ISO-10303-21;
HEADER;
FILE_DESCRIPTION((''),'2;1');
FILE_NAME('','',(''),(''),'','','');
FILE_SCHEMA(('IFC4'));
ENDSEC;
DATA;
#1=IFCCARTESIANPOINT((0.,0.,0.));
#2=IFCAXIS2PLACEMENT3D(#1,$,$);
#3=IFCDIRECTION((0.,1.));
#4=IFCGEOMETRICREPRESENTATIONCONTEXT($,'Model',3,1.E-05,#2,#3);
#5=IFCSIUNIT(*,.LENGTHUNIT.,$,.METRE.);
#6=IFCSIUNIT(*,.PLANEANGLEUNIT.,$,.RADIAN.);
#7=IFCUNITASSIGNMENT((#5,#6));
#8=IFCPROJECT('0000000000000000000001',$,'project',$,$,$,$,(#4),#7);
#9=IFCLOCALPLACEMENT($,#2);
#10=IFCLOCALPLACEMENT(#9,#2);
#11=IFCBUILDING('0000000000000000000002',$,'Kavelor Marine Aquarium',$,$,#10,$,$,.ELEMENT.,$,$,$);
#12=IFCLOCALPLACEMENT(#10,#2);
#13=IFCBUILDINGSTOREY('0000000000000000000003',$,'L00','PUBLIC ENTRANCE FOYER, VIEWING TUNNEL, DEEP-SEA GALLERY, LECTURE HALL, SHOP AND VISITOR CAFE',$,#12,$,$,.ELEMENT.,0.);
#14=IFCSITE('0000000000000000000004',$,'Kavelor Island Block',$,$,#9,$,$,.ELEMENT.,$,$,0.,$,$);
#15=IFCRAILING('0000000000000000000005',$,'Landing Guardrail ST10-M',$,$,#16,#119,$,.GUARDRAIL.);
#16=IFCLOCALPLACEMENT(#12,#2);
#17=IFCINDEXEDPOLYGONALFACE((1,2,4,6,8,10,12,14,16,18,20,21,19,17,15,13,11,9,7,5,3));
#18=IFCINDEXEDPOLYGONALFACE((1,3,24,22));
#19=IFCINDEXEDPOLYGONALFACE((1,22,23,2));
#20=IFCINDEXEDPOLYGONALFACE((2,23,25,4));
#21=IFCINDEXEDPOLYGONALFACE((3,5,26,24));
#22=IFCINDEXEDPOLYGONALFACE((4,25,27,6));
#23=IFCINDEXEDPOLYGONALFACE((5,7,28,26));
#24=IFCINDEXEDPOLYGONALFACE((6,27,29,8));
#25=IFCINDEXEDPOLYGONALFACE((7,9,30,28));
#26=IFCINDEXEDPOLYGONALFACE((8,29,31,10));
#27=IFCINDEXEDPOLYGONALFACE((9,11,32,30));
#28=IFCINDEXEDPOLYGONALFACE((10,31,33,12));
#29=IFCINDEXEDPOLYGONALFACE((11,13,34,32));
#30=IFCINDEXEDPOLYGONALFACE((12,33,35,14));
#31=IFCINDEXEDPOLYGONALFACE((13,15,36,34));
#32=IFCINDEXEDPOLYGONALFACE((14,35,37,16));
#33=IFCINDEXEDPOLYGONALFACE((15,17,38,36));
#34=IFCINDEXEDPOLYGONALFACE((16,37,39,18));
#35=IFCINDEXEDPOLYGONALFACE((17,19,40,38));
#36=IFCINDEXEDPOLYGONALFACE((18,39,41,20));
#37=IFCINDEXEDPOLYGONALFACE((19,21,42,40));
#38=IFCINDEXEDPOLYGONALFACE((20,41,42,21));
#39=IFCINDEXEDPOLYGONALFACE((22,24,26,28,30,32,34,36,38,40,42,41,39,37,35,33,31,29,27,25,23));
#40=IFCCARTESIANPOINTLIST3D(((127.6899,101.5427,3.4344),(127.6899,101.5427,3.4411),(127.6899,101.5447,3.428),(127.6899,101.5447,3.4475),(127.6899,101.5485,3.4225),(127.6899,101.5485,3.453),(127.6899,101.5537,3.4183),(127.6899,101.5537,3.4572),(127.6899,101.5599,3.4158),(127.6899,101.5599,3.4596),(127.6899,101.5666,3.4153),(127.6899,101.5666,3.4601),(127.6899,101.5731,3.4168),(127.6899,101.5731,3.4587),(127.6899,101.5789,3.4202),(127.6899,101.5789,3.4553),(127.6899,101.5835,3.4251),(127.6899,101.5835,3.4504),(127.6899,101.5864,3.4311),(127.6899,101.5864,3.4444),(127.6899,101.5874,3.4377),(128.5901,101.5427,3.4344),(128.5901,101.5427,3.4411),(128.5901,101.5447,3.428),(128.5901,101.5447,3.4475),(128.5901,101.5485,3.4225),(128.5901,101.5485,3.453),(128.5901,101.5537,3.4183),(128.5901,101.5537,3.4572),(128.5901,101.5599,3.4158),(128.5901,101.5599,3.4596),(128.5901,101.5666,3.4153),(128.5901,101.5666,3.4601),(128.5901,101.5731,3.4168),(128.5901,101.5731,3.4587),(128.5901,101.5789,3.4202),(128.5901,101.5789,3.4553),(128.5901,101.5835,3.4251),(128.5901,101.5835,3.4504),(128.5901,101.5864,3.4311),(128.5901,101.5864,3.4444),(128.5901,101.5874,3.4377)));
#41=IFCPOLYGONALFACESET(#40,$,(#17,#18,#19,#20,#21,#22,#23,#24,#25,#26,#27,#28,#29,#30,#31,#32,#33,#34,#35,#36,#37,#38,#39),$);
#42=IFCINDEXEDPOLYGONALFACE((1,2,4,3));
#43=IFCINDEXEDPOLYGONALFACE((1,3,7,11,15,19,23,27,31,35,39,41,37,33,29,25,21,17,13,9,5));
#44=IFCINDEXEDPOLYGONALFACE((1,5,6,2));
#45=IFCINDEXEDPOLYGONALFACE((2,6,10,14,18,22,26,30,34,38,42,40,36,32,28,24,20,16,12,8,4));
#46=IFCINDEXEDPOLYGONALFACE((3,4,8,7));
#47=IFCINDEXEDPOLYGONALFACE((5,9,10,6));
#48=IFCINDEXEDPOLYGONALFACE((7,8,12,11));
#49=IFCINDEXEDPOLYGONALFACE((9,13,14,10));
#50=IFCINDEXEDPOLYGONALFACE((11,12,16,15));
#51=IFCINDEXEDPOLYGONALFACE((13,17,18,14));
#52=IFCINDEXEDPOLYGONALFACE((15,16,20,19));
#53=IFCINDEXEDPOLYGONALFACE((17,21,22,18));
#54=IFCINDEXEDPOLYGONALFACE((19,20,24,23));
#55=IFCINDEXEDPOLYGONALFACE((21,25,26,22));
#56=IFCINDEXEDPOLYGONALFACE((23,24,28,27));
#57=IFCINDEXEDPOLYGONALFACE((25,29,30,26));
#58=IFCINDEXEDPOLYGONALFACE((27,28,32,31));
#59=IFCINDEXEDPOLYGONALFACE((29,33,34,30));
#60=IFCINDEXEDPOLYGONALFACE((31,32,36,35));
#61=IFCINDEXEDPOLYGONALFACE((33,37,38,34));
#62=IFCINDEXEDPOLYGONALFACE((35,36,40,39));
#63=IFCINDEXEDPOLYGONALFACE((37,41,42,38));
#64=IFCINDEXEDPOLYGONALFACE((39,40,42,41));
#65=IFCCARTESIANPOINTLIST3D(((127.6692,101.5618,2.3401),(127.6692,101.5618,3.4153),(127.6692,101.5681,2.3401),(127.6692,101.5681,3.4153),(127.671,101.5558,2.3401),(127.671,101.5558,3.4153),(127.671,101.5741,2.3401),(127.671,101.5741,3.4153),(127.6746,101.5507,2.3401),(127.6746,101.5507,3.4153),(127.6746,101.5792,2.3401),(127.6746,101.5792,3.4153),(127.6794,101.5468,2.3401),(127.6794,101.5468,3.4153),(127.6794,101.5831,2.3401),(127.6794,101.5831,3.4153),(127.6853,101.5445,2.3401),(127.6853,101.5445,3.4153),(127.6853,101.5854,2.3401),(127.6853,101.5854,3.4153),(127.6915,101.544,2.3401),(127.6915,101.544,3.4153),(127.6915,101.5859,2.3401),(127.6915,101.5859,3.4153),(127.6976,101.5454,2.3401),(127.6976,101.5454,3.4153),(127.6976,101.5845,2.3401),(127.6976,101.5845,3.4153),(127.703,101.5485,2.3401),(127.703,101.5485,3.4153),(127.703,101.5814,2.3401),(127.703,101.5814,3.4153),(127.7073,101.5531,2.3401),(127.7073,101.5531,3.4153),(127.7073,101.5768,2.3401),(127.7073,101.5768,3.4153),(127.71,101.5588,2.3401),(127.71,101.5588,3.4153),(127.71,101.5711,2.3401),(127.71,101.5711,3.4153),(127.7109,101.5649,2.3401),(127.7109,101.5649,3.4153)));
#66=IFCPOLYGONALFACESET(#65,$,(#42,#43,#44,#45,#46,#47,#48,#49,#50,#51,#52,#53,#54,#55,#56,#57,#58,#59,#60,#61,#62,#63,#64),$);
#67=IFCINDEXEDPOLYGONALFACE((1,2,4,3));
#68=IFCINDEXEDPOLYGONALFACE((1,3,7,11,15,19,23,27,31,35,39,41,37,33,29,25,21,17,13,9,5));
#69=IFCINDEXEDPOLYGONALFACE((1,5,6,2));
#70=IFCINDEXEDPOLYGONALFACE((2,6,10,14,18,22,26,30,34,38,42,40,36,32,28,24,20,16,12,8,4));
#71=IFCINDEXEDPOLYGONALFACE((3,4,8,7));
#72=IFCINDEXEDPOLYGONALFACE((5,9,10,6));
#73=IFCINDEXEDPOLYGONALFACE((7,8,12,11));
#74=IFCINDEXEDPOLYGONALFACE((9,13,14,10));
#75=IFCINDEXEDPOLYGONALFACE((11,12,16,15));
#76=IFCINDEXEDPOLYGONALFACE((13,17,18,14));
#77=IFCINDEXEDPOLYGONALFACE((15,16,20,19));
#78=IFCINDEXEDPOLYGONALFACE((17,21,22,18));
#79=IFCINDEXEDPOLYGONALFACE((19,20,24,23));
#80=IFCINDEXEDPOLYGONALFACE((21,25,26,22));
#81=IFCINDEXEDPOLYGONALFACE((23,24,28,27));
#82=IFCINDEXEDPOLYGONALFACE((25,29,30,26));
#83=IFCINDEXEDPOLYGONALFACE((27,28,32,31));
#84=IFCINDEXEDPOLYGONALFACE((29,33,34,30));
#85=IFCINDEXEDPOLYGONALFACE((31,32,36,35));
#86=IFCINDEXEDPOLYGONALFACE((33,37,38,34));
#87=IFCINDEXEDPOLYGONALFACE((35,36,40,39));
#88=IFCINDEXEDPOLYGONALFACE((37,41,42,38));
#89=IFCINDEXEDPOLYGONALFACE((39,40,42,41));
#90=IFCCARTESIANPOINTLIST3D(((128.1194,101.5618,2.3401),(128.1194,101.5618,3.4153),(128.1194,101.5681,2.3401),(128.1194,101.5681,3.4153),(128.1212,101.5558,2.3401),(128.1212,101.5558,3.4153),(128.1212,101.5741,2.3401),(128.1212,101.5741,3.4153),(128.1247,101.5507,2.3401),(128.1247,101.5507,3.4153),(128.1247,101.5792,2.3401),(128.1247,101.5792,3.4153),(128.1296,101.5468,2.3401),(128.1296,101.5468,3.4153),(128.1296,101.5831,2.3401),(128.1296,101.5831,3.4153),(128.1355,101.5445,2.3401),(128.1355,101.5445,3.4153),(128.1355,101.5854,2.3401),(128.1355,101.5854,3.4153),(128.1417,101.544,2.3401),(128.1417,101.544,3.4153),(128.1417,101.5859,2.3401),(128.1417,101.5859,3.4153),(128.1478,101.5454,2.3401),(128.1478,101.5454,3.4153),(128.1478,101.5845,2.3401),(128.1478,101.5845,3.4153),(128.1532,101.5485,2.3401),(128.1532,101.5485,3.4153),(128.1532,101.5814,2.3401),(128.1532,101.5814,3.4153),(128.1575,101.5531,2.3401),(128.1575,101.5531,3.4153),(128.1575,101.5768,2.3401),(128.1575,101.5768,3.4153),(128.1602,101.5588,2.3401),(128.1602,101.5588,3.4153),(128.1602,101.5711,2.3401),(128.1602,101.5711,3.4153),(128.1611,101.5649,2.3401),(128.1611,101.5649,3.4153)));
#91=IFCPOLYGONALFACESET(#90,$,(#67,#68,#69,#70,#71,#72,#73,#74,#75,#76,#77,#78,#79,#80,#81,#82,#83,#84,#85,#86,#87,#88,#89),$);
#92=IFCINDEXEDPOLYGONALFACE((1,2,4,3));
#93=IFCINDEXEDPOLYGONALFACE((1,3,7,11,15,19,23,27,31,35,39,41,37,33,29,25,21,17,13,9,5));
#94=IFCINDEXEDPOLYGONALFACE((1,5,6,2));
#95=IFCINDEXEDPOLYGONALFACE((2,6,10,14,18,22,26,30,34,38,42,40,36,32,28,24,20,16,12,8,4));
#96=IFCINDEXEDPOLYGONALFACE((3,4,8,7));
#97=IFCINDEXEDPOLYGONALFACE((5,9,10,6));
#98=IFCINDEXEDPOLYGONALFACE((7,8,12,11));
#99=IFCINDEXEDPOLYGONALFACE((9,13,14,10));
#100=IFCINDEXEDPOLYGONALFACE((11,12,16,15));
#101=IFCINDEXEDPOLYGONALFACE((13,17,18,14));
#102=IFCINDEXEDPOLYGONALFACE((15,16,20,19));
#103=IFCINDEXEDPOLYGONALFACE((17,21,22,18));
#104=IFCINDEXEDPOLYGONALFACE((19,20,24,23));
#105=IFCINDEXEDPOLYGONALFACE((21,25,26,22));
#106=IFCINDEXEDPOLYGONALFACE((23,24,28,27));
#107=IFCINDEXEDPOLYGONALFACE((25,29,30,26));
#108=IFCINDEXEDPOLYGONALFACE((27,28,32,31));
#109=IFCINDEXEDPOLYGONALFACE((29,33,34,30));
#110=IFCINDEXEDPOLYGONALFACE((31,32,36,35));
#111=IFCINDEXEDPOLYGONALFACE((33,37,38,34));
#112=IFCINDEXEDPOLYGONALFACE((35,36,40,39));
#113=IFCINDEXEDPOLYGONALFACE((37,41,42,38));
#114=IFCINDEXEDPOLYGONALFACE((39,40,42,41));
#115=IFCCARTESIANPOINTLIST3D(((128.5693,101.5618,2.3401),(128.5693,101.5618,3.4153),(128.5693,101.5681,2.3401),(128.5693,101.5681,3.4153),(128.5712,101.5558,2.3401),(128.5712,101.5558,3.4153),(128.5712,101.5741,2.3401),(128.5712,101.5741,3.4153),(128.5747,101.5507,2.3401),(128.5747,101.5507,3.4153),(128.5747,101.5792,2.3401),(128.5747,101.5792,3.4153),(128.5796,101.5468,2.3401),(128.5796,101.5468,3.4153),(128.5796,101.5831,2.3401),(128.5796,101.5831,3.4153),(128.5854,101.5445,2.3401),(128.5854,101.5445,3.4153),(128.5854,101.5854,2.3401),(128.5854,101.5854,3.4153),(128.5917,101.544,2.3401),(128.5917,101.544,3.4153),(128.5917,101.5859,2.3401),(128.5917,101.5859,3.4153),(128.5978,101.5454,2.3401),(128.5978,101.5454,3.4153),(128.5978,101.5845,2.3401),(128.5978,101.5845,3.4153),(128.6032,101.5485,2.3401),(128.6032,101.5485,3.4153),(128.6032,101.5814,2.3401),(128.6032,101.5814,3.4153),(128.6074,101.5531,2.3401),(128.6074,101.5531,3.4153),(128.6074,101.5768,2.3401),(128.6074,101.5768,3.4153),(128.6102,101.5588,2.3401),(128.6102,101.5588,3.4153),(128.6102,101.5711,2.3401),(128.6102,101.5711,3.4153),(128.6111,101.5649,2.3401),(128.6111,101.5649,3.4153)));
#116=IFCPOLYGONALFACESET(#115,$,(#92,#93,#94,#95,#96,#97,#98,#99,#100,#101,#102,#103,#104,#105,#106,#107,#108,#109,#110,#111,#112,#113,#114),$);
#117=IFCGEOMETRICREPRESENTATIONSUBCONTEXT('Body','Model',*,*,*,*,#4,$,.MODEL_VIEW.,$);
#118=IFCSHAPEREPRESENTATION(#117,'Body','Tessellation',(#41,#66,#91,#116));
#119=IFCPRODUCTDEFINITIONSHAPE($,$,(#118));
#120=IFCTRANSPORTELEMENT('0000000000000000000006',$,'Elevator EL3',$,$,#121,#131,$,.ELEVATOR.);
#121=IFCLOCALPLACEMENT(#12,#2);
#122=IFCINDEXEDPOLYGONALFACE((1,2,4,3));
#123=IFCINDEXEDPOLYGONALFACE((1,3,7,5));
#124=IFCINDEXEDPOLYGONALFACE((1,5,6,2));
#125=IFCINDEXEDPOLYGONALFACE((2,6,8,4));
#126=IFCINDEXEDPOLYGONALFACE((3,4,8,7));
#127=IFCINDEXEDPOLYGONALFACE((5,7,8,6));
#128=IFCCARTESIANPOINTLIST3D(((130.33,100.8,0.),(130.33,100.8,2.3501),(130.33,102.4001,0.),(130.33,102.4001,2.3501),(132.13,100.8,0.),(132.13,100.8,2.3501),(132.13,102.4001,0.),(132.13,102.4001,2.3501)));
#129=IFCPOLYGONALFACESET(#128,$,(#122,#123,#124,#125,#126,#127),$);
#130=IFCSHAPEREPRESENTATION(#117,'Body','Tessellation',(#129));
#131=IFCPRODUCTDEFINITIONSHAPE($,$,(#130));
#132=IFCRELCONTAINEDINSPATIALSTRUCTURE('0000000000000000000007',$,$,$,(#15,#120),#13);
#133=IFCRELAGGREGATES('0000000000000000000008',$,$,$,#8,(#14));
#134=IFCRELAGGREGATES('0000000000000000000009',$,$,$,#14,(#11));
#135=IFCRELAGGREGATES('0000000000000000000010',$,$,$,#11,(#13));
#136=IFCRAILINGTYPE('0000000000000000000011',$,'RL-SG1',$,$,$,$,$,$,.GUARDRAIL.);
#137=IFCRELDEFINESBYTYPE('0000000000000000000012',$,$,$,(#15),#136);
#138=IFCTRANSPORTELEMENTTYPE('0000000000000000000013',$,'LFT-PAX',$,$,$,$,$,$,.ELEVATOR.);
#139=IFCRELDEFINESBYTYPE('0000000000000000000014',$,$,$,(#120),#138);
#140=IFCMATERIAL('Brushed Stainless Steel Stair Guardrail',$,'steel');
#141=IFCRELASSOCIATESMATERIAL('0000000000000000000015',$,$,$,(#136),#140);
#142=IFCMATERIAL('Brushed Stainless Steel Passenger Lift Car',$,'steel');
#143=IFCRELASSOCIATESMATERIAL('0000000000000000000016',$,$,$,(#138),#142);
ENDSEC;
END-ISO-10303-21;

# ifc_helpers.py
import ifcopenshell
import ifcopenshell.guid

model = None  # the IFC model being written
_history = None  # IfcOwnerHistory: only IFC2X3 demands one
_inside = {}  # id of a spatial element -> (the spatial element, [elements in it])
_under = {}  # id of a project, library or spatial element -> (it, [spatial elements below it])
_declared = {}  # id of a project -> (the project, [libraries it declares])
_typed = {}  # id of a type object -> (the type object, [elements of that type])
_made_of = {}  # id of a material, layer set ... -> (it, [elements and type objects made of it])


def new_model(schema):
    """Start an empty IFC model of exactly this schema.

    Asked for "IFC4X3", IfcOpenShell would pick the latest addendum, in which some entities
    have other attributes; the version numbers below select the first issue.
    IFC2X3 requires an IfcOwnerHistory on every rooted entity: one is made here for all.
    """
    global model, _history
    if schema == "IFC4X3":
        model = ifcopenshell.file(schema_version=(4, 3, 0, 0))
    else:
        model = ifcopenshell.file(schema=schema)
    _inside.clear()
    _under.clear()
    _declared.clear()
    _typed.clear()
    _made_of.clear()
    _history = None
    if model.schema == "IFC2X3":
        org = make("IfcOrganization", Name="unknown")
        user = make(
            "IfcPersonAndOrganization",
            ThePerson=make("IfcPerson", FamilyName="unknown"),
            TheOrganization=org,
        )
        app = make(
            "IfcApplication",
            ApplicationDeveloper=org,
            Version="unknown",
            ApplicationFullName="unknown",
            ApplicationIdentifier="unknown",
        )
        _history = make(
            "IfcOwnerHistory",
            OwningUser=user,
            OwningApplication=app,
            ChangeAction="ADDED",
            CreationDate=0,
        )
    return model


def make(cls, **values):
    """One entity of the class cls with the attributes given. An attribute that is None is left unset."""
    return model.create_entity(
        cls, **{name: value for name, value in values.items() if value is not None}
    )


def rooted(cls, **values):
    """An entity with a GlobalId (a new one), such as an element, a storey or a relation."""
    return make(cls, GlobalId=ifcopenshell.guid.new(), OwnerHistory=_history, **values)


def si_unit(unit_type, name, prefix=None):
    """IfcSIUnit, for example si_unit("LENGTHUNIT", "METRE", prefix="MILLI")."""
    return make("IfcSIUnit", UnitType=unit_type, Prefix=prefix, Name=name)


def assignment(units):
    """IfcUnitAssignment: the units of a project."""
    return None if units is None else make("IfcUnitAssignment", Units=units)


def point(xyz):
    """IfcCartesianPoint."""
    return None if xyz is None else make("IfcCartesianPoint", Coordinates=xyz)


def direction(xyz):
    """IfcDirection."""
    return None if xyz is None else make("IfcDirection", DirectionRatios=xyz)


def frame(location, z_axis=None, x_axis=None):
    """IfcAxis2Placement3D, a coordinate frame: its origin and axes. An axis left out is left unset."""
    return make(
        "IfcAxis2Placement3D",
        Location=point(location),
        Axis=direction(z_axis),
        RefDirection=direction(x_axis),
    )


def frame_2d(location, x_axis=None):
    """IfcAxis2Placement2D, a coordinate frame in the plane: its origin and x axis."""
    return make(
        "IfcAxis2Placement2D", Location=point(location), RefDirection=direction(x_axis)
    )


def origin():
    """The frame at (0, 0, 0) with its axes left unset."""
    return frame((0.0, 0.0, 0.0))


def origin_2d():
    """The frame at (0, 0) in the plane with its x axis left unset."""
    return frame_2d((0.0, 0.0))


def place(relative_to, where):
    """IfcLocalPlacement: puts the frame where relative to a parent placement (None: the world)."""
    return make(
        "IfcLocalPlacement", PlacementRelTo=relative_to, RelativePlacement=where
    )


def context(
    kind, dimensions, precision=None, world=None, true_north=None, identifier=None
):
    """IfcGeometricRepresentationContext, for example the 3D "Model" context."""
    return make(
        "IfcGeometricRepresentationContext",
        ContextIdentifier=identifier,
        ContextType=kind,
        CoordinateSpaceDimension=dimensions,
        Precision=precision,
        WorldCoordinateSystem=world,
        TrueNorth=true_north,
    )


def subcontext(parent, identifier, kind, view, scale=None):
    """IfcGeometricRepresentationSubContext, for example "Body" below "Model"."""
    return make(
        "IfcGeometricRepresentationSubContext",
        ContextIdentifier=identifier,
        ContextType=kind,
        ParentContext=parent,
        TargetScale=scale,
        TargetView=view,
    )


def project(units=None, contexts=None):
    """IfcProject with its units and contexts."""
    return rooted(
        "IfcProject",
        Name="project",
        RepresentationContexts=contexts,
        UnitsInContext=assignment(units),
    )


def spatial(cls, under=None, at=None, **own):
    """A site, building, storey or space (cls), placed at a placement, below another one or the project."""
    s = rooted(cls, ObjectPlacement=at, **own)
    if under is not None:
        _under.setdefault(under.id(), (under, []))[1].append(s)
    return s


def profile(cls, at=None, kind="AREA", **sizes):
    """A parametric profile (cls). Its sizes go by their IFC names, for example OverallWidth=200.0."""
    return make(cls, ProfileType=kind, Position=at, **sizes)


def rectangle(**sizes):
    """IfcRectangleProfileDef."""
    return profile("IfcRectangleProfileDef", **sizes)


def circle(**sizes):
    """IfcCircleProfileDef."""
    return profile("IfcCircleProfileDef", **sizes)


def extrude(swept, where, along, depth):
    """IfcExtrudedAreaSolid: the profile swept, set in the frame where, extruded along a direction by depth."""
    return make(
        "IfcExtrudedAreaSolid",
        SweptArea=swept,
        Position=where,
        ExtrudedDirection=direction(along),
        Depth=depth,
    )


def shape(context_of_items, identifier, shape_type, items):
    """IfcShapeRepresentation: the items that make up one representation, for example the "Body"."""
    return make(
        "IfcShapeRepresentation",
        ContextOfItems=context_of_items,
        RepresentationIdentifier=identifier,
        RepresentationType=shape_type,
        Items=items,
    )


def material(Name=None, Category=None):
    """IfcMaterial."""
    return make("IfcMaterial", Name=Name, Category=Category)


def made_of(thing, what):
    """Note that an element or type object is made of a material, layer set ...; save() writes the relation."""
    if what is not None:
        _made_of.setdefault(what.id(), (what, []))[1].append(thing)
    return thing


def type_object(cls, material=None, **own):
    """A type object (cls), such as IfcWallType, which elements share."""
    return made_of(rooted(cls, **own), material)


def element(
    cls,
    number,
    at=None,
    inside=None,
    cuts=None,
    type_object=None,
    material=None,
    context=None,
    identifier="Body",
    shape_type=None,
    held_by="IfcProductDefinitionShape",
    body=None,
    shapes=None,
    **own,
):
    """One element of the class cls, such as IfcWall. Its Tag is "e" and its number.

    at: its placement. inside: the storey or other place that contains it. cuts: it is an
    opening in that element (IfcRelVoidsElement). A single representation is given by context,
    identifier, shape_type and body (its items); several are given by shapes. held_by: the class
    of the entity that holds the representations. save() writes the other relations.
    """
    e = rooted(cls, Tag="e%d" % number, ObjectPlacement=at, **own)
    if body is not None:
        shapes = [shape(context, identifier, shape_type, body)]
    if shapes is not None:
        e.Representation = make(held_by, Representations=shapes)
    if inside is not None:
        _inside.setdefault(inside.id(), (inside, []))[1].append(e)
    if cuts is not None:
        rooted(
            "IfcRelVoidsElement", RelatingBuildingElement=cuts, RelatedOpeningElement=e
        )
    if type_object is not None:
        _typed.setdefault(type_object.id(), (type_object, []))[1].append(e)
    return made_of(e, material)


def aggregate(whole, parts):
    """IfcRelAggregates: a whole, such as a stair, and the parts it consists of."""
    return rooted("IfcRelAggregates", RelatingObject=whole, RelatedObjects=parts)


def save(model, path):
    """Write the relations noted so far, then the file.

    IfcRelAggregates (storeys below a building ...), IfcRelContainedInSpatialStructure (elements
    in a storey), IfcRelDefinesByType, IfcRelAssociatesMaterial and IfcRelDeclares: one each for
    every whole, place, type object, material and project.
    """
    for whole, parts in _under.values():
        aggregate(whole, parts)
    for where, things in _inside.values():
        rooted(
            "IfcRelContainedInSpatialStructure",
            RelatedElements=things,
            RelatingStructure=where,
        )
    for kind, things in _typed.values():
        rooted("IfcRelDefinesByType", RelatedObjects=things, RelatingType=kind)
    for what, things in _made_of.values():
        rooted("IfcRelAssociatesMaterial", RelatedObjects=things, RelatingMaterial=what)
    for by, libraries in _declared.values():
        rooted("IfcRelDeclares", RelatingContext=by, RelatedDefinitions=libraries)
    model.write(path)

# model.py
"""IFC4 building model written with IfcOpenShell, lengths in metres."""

from ifc_helpers import new_model, si_unit, direction, frame, origin, origin_2d, place, context, subcontext, project, spatial, rectangle, circle, extrude, material, type_object, element, save


model = new_model("IFC4")

# Units and contexts
model_context = context("Model", 3, precision=1e-05, world=origin(), true_north=direction((0.0, 1.0)))
body_context = subcontext(model_context, "Body", "Model", "MODEL_VIEW")
ifc_project = project(units=[si_unit("LENGTHUNIT", "METRE"), si_unit("PLANEANGLEUNIT", "RADIAN")], contexts=[model_context])

# Site, building, storey
site_placement = place(None, origin())
site = spatial("IfcSite", under=ifc_project, at=site_placement, Name="Kavelor Island Block", CompositionType="ELEMENT", RefElevation=0.0)
building_placement = place(site_placement, origin())
building = spatial("IfcBuilding", under=site, at=building_placement, Name="Kavelor Marine Aquarium", CompositionType="ELEMENT")
storey_placement = place(building_placement, origin())
storey = spatial("IfcBuildingStorey", under=building, at=storey_placement, Name="L00", Description="PUBLIC ENTRANCE FOYER, VIEWING TUNNEL, DEEP-SEA GALLERY, LECTURE HALL, SHOP AND VISITOR CAFE", CompositionType="ELEMENT", Elevation=0.0)

# Railing
ifc_material_1 = material(Name="Brushed Stainless Steel Stair Guardrail", Category="steel")
railing_type_1 = type_object("IfcRailingType", Name="RL-SG1", PredefinedType="GUARDRAIL", material=ifc_material_1)
railing_1_placement = place(storey_placement, frame((127.6899, 101.5649, 2.3401)))
element("IfcRailing", 1, at=railing_1_placement, inside=storey, type_object=railing_type_1, Name="Landing Guardrail ST10-M", PredefinedType="GUARDRAIL", context=body_context, shape_type="SweptSolid", body=[
    extrude(circle(Radius=0.0225, at=origin_2d()), frame((0.0, 0.0, 1.0977), z_axis=(1.0, 0.0, 0.0), x_axis=(0.0, 1.0, 0.0)), (0.0, 0.0, 1.0), 0.9001),
    extrude(circle(Radius=0.021, at=origin_2d()), origin(), (0.0, 0.0, 1.0), 1.0752),
    extrude(circle(Radius=0.021, at=origin_2d()), frame((0.4502, 0.0, 0.0)), (0.0, 0.0, 1.0), 1.0752),
    extrude(circle(Radius=0.021, at=origin_2d()), frame((0.9001, 0.0, 0.0)), (0.0, 0.0, 1.0), 1.0752),
])

# Transport element
ifc_material_2 = material(Name="Brushed Stainless Steel Passenger Lift Car", Category="steel")
transport_element_type = type_object("IfcTransportElementType", Name="LFT-PAX", PredefinedType="ELEVATOR", material=ifc_material_2)
transport_element_placement = place(storey_placement, frame((131.23, 101.6001, 0.0), z_axis=(0.0, 0.0, 1.0), x_axis=(1.0, 0.0, 0.0)))
element("IfcTransportElement", 2, at=transport_element_placement, inside=storey, type_object=transport_element_type, Name="Elevator EL3", PredefinedType="ELEVATOR", context=body_context, shape_type="SweptSolid", body=[
    extrude(rectangle(XDim=1.8, YDim=1.6001, at=origin_2d()), origin(), (0.0, 0.0, 1.0), 2.3501),
])

save(model, "model.ifc")
